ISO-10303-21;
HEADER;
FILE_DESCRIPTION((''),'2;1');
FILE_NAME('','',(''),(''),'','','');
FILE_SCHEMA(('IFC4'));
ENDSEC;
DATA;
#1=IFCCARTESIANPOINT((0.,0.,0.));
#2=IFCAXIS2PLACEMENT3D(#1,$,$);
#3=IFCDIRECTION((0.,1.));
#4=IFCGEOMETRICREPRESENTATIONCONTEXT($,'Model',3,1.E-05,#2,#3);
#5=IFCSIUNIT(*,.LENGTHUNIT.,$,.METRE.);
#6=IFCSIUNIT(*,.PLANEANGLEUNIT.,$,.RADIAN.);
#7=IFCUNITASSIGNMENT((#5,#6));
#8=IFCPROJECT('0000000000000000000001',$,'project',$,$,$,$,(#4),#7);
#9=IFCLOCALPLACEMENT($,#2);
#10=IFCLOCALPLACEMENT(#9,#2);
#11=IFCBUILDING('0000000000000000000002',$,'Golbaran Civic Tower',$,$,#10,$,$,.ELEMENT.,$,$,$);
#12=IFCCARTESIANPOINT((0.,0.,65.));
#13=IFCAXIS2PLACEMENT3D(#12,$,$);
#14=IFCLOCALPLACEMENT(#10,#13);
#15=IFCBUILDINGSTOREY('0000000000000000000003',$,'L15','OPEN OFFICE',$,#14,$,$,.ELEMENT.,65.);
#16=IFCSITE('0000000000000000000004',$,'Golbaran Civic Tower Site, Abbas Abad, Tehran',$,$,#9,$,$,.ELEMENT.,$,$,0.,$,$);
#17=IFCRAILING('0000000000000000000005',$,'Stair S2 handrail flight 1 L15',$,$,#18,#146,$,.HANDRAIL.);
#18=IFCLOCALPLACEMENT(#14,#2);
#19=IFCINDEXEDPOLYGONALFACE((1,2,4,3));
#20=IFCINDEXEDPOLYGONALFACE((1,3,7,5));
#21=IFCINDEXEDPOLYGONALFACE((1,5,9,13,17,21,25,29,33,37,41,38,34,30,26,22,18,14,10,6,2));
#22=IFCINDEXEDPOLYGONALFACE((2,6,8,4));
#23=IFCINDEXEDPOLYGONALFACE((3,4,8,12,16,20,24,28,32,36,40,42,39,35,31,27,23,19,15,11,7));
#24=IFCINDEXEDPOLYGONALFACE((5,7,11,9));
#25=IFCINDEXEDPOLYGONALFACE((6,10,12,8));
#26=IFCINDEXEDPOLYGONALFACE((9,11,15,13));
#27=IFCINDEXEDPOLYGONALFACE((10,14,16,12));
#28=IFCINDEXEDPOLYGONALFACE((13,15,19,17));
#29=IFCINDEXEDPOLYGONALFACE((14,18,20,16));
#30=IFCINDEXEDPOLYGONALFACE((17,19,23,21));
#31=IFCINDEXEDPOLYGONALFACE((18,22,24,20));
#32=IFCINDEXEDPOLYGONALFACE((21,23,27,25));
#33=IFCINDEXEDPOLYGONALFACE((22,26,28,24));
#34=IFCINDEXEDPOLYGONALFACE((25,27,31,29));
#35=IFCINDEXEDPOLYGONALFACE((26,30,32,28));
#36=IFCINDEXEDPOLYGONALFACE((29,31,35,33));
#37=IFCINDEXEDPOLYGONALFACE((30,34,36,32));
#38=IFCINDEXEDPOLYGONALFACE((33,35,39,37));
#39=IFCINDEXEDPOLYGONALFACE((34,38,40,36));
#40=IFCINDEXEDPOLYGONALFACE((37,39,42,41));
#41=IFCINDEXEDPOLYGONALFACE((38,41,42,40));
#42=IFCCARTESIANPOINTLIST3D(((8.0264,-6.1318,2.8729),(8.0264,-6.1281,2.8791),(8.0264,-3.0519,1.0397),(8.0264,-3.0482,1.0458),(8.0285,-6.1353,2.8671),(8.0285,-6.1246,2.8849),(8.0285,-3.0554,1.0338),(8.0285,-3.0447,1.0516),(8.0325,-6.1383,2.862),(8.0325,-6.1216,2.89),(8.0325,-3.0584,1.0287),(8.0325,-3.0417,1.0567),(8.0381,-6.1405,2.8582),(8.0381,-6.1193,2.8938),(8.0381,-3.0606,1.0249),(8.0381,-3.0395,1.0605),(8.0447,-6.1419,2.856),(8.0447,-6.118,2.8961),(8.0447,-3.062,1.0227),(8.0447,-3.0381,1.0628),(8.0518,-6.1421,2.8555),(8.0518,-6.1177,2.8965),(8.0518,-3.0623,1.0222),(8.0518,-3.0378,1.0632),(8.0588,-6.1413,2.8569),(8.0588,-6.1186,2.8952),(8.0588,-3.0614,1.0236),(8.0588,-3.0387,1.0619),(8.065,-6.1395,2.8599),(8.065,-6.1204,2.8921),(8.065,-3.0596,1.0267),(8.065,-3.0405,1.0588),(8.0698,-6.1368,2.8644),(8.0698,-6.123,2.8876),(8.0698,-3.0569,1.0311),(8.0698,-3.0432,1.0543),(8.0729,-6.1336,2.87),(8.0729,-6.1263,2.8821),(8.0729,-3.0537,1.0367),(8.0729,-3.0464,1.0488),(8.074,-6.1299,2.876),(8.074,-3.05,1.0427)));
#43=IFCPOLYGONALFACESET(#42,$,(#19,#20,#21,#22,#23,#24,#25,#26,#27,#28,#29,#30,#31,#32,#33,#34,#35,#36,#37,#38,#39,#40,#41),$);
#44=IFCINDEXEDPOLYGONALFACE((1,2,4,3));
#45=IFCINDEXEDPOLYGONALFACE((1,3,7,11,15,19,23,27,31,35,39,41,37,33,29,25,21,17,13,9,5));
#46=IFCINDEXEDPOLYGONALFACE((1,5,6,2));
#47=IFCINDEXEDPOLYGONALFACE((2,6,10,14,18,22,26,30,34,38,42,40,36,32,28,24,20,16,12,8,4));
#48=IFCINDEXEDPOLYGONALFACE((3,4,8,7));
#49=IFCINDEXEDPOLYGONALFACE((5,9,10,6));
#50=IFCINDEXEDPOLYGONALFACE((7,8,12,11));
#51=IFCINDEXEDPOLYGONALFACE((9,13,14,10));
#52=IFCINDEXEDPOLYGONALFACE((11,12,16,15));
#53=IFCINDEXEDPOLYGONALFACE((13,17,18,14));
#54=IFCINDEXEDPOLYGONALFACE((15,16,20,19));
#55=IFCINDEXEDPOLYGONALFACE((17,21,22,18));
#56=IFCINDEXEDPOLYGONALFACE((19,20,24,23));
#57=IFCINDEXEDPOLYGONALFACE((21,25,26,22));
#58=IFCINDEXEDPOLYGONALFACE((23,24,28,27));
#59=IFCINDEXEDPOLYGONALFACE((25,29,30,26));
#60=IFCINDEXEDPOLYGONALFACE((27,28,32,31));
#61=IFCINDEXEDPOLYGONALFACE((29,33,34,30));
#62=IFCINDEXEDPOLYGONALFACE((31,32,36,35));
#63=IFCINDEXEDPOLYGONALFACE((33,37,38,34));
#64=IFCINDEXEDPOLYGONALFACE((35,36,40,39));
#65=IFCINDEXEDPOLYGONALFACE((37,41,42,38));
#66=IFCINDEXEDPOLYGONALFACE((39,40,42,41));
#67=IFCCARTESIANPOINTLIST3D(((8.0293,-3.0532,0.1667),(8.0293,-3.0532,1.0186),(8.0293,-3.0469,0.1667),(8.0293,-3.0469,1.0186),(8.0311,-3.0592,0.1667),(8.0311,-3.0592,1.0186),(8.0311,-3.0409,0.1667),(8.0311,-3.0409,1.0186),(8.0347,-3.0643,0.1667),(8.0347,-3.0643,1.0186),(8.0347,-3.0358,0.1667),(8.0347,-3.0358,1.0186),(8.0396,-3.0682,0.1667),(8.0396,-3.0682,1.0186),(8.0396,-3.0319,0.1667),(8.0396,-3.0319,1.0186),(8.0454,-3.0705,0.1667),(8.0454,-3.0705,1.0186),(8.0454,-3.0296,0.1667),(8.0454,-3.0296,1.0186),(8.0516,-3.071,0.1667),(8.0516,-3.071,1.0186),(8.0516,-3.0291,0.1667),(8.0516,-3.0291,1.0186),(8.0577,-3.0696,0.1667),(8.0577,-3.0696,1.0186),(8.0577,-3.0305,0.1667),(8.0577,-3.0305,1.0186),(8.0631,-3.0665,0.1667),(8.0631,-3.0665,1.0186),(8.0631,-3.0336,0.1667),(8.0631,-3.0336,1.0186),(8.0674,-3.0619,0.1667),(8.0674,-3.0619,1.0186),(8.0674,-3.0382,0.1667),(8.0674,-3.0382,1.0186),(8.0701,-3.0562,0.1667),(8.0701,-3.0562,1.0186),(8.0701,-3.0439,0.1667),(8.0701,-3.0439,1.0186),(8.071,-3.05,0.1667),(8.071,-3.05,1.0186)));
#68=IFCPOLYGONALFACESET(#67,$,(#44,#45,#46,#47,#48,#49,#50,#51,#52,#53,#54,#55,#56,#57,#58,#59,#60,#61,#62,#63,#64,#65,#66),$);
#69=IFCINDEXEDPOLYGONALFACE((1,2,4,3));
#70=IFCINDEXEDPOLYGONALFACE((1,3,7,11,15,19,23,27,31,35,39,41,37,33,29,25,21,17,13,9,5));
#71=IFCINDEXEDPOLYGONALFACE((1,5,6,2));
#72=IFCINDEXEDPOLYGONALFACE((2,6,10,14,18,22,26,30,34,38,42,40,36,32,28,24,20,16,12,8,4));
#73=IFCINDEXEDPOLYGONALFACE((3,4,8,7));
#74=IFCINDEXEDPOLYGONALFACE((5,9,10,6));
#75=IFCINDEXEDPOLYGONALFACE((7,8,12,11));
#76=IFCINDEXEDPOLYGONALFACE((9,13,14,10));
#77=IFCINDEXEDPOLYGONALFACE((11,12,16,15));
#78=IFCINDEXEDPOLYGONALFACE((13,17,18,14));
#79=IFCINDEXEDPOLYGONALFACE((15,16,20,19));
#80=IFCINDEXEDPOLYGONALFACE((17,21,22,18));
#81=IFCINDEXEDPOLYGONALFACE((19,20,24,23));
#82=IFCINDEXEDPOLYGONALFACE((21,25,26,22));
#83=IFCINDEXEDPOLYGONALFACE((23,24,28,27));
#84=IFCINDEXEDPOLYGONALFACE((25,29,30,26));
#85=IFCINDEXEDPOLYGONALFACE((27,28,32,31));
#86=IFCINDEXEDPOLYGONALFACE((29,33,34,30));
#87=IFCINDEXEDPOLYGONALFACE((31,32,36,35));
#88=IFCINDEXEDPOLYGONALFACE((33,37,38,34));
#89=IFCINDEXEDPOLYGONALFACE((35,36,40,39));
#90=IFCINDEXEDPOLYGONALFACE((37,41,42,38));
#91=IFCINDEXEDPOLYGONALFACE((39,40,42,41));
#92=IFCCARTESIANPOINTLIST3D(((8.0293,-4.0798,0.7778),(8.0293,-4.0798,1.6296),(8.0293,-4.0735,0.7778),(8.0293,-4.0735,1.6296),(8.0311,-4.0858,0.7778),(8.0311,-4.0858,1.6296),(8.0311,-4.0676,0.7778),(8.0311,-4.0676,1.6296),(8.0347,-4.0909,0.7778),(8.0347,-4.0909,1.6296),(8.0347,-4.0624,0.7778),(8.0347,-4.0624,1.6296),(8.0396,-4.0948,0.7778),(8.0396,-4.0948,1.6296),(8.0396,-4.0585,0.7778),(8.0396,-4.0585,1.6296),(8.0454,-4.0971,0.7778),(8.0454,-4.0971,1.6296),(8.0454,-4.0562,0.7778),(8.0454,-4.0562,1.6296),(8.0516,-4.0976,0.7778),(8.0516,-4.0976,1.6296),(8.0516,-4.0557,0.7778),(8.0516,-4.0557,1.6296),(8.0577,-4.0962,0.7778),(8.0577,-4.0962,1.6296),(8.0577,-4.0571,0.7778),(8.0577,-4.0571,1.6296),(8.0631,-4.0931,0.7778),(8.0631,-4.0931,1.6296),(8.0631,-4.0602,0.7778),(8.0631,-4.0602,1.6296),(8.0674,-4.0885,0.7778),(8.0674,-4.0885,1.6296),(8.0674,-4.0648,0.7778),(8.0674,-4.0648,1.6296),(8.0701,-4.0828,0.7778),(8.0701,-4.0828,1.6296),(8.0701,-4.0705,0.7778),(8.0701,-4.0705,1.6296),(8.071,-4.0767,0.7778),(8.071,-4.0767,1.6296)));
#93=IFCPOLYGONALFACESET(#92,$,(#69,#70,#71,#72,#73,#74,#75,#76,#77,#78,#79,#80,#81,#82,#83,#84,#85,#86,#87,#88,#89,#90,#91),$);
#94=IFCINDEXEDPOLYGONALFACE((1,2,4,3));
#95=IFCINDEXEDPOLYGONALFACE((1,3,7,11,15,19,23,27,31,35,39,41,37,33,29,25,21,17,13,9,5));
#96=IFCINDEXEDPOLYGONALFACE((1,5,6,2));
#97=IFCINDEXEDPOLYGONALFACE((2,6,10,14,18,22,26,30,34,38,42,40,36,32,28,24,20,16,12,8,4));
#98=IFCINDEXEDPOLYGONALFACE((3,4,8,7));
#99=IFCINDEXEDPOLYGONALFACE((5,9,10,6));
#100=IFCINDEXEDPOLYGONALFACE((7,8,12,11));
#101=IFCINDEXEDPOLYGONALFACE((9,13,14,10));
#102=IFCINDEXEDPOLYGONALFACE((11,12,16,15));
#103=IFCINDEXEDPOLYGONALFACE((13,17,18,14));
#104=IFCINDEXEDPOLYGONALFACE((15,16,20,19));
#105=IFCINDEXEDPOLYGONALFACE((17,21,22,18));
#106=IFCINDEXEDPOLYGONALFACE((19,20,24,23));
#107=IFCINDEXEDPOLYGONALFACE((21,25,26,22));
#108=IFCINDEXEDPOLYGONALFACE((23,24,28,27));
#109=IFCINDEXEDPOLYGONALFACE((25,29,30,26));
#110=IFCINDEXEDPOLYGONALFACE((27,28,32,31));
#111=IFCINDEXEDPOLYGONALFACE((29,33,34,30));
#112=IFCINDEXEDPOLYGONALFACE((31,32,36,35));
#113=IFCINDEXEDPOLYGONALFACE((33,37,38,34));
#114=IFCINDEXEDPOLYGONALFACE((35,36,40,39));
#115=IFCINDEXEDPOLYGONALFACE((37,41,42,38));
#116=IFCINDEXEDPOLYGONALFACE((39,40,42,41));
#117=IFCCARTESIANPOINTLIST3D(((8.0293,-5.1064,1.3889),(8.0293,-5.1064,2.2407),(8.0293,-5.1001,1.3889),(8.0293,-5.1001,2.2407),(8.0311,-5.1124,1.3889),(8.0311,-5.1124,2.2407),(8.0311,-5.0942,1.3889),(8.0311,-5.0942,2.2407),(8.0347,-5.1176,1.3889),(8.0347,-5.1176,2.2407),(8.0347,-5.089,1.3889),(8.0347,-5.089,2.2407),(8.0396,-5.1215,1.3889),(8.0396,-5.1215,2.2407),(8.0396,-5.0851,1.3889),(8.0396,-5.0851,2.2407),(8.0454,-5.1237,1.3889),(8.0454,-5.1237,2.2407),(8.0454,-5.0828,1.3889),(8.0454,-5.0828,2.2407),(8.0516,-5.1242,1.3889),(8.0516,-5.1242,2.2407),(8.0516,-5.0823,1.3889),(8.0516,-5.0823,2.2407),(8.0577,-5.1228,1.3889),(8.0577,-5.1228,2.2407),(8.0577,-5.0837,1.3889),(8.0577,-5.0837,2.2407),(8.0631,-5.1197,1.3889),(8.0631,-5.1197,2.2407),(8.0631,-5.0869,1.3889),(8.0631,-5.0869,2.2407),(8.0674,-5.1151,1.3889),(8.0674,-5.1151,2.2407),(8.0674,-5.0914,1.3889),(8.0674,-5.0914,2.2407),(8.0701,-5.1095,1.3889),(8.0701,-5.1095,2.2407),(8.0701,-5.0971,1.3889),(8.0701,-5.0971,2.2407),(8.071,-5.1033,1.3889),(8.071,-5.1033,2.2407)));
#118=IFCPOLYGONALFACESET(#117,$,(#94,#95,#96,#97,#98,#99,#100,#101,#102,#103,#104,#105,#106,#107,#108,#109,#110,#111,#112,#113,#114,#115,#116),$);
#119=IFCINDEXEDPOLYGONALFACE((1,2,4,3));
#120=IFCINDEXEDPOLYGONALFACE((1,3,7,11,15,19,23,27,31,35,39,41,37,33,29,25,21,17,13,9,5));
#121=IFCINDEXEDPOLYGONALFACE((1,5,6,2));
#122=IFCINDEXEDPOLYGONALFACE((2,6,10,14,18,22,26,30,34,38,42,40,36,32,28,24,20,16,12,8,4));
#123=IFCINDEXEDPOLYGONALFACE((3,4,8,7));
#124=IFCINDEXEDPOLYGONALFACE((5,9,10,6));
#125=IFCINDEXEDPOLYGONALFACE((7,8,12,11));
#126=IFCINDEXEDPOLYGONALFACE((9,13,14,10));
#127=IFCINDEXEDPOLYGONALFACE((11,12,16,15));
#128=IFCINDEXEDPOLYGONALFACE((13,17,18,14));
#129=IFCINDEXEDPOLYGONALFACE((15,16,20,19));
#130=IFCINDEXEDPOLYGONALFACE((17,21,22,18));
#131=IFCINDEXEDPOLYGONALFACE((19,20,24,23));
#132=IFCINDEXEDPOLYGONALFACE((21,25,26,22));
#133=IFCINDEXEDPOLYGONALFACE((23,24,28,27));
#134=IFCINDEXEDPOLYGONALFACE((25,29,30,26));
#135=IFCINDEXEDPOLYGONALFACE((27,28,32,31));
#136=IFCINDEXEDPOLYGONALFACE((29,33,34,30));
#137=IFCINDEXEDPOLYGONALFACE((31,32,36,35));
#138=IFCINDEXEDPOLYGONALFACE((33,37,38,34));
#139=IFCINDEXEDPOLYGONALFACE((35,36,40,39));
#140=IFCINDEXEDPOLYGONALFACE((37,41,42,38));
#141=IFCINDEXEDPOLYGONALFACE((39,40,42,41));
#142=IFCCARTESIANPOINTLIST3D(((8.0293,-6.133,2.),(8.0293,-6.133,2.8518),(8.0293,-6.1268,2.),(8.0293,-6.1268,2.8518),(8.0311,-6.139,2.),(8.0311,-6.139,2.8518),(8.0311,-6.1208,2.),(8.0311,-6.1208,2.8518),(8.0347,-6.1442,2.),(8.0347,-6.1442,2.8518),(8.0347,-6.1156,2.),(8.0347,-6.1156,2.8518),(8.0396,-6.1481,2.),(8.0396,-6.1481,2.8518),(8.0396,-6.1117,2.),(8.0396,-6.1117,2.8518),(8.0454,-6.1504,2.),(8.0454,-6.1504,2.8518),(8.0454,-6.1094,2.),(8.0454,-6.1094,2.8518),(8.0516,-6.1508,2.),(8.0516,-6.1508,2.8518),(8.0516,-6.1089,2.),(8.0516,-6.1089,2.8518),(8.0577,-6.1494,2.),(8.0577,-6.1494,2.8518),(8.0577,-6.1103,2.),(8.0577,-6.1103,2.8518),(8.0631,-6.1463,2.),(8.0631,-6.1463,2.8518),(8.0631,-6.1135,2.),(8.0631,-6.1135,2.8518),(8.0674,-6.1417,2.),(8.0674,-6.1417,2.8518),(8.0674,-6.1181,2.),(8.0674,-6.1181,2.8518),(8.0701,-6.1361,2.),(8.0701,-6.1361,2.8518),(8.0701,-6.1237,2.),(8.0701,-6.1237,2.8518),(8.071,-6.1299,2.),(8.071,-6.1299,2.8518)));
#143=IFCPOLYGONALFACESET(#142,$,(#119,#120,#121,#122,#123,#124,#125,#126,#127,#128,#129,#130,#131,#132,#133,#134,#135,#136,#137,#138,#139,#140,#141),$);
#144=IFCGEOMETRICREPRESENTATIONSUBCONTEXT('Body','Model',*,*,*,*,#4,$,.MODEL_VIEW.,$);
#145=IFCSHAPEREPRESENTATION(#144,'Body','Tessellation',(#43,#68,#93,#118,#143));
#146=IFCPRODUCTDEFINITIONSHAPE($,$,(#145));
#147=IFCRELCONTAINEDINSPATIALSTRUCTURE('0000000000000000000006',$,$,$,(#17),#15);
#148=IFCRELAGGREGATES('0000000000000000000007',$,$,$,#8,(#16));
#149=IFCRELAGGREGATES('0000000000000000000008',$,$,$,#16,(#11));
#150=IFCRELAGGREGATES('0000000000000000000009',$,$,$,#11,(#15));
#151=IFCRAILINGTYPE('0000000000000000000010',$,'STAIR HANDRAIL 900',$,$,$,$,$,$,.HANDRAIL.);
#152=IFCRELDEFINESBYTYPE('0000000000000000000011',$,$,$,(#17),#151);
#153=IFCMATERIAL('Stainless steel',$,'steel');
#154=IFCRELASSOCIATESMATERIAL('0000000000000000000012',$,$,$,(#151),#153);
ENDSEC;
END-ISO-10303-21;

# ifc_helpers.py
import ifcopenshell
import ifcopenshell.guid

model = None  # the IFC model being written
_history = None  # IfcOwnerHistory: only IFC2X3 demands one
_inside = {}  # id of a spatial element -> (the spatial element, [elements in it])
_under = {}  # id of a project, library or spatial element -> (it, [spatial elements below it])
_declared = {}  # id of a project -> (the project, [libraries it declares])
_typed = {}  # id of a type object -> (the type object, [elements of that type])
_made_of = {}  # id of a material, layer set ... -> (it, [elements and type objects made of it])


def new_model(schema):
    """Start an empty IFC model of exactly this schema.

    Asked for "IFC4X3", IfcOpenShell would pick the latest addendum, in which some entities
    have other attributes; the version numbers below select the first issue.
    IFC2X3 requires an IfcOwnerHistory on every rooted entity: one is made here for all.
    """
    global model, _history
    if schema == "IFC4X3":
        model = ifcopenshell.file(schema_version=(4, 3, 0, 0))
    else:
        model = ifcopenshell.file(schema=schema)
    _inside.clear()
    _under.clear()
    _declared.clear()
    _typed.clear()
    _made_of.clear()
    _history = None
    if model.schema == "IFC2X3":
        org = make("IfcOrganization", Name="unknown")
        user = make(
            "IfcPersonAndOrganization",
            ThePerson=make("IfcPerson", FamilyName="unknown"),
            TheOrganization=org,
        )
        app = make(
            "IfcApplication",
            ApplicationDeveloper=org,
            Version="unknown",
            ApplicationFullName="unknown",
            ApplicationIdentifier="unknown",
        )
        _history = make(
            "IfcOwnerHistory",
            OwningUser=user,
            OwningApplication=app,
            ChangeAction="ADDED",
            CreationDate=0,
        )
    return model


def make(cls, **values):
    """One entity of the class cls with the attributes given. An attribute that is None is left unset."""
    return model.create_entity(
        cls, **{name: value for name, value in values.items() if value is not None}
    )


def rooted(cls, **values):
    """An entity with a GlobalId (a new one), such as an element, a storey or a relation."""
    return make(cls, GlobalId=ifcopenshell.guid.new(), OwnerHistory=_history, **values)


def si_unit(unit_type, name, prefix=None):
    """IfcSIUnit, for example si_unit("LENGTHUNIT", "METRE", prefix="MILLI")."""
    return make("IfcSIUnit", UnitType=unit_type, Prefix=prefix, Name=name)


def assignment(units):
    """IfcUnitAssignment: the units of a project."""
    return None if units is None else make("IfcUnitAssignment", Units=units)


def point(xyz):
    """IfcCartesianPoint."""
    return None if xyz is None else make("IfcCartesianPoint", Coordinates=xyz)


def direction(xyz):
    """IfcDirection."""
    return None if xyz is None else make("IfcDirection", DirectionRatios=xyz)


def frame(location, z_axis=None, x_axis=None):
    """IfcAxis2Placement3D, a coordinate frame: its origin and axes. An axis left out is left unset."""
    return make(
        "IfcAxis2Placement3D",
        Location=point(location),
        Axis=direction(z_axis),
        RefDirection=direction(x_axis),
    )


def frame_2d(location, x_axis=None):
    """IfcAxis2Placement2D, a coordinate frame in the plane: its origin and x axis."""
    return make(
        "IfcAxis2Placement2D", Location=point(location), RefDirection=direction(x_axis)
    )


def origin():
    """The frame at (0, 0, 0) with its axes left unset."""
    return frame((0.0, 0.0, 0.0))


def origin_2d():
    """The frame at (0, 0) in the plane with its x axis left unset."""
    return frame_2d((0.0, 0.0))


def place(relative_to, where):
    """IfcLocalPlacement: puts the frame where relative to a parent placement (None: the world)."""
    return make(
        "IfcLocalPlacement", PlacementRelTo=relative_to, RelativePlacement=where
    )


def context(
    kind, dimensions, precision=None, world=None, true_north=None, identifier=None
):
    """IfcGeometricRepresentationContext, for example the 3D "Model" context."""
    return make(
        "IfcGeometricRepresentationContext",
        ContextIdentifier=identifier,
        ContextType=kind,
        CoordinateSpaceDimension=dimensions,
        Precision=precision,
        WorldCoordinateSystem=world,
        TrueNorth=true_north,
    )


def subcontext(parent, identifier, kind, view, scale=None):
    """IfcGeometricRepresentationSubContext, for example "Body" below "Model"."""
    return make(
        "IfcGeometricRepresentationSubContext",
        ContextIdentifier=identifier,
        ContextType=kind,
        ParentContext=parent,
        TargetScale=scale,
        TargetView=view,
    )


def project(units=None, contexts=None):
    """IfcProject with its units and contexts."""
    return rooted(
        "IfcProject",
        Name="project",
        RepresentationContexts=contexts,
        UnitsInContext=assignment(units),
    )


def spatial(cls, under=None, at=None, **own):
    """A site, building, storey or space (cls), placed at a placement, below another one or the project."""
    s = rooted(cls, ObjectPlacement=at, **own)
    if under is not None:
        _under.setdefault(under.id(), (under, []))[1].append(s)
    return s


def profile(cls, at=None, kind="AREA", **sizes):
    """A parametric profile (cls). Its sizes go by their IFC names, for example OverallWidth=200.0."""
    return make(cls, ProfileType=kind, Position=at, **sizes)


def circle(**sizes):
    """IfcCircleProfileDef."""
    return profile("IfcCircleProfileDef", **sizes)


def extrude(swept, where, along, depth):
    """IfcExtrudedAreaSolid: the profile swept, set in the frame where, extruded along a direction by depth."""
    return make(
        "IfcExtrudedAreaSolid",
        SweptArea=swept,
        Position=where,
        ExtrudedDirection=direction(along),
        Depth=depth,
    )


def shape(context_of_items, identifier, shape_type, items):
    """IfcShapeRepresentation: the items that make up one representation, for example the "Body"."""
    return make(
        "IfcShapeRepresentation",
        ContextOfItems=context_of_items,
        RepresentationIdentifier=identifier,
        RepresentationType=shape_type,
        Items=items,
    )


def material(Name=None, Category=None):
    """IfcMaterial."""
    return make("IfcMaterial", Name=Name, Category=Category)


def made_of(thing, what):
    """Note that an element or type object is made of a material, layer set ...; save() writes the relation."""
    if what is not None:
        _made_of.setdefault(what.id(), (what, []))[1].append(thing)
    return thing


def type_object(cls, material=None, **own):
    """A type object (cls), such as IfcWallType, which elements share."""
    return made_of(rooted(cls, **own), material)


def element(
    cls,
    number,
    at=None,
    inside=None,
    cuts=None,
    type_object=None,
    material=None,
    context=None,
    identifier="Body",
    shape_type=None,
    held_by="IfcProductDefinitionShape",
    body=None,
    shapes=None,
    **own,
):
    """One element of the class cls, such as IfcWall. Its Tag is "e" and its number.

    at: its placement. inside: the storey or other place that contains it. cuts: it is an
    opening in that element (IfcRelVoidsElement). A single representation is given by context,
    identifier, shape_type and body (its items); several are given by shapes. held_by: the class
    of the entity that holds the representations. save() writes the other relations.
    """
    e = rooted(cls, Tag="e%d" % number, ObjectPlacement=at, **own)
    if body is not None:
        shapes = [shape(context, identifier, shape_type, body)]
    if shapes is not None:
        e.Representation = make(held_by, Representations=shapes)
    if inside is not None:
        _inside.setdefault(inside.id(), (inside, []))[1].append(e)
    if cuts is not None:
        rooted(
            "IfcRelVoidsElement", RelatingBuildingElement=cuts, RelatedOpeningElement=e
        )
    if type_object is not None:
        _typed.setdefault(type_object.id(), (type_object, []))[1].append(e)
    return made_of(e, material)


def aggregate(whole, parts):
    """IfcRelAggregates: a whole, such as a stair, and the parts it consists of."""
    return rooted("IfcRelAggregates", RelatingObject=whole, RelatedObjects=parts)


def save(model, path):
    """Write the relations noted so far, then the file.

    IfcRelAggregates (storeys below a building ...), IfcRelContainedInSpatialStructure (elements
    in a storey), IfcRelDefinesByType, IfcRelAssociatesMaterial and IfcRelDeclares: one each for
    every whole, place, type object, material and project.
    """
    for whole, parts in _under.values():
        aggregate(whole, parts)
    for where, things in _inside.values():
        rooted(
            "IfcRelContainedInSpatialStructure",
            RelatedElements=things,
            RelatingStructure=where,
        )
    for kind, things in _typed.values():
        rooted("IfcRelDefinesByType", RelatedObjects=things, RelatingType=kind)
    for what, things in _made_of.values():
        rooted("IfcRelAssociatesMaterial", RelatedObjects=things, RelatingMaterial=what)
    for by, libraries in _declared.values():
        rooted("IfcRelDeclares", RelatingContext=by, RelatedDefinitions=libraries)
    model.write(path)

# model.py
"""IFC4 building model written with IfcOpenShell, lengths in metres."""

from ifc_helpers import new_model, si_unit, direction, frame, origin, origin_2d, place, context, subcontext, project, spatial, circle, extrude, material, type_object, element, save


model = new_model("IFC4")

# Units and contexts
model_context = context("Model", 3, precision=1e-05, world=origin(), true_north=direction((0.0, 1.0)))
body_context = subcontext(model_context, "Body", "Model", "MODEL_VIEW")
ifc_project = project(units=[si_unit("LENGTHUNIT", "METRE"), si_unit("PLANEANGLEUNIT", "RADIAN")], contexts=[model_context])

# Site, building, storey
site_placement = place(None, origin())
site = spatial("IfcSite", under=ifc_project, at=site_placement, Name="Golbaran Civic Tower Site, Abbas Abad, Tehran", CompositionType="ELEMENT", RefElevation=0.0)
building_placement = place(site_placement, origin())
building = spatial("IfcBuilding", under=site, at=building_placement, Name="Golbaran Civic Tower", CompositionType="ELEMENT")
storey_placement = place(building_placement, frame((0.0, 0.0, 65.0)))
storey = spatial("IfcBuildingStorey", under=building, at=storey_placement, Name="L15", Description="OPEN OFFICE", CompositionType="ELEMENT", Elevation=65.0)

# Shared definitions
ifc_material_1 = material(Name="Stainless steel", Category="steel")

# Railing
railing_type = type_object("IfcRailingType", Name="STAIR HANDRAIL 900", PredefinedType="HANDRAIL", material=ifc_material_1)
railing_1_placement = place(storey_placement, frame((8.05, -3.05, 0.1667)))
element("IfcRailing", 1, at=railing_1_placement, inside=storey, type_object=railing_type, Name="Stair S2 handrail flight 1 L15", PredefinedType="HANDRAIL", context=body_context, shape_type="SweptSolid", body=[
    extrude(circle(Radius=0.0239, at=origin_2d()), frame((0.0, 0.0, 0.876), z_axis=(0.0, -0.859291, 0.511487), x_axis=(1.0, 0.0, 0.0)), (0.0, 0.0, 1.0), 3.5842),
    extrude(circle(Radius=0.021, at=origin_2d()), origin(), (0.0, 0.0, 1.0), 0.8518),
    extrude(circle(Radius=0.021, at=origin_2d()), frame((0.0, -1.0266, 0.6111)), (0.0, 0.0, 1.0), 0.8518),
    extrude(circle(Radius=0.021, at=origin_2d()), frame((0.0, -2.0532, 1.2222)), (0.0, 0.0, 1.0), 0.8518),
    extrude(circle(Radius=0.021, at=origin_2d()), frame((0.0, -3.0798, 1.8333)), (0.0, 0.0, 1.0), 0.8518),
])

save(model, "model.ifc")
